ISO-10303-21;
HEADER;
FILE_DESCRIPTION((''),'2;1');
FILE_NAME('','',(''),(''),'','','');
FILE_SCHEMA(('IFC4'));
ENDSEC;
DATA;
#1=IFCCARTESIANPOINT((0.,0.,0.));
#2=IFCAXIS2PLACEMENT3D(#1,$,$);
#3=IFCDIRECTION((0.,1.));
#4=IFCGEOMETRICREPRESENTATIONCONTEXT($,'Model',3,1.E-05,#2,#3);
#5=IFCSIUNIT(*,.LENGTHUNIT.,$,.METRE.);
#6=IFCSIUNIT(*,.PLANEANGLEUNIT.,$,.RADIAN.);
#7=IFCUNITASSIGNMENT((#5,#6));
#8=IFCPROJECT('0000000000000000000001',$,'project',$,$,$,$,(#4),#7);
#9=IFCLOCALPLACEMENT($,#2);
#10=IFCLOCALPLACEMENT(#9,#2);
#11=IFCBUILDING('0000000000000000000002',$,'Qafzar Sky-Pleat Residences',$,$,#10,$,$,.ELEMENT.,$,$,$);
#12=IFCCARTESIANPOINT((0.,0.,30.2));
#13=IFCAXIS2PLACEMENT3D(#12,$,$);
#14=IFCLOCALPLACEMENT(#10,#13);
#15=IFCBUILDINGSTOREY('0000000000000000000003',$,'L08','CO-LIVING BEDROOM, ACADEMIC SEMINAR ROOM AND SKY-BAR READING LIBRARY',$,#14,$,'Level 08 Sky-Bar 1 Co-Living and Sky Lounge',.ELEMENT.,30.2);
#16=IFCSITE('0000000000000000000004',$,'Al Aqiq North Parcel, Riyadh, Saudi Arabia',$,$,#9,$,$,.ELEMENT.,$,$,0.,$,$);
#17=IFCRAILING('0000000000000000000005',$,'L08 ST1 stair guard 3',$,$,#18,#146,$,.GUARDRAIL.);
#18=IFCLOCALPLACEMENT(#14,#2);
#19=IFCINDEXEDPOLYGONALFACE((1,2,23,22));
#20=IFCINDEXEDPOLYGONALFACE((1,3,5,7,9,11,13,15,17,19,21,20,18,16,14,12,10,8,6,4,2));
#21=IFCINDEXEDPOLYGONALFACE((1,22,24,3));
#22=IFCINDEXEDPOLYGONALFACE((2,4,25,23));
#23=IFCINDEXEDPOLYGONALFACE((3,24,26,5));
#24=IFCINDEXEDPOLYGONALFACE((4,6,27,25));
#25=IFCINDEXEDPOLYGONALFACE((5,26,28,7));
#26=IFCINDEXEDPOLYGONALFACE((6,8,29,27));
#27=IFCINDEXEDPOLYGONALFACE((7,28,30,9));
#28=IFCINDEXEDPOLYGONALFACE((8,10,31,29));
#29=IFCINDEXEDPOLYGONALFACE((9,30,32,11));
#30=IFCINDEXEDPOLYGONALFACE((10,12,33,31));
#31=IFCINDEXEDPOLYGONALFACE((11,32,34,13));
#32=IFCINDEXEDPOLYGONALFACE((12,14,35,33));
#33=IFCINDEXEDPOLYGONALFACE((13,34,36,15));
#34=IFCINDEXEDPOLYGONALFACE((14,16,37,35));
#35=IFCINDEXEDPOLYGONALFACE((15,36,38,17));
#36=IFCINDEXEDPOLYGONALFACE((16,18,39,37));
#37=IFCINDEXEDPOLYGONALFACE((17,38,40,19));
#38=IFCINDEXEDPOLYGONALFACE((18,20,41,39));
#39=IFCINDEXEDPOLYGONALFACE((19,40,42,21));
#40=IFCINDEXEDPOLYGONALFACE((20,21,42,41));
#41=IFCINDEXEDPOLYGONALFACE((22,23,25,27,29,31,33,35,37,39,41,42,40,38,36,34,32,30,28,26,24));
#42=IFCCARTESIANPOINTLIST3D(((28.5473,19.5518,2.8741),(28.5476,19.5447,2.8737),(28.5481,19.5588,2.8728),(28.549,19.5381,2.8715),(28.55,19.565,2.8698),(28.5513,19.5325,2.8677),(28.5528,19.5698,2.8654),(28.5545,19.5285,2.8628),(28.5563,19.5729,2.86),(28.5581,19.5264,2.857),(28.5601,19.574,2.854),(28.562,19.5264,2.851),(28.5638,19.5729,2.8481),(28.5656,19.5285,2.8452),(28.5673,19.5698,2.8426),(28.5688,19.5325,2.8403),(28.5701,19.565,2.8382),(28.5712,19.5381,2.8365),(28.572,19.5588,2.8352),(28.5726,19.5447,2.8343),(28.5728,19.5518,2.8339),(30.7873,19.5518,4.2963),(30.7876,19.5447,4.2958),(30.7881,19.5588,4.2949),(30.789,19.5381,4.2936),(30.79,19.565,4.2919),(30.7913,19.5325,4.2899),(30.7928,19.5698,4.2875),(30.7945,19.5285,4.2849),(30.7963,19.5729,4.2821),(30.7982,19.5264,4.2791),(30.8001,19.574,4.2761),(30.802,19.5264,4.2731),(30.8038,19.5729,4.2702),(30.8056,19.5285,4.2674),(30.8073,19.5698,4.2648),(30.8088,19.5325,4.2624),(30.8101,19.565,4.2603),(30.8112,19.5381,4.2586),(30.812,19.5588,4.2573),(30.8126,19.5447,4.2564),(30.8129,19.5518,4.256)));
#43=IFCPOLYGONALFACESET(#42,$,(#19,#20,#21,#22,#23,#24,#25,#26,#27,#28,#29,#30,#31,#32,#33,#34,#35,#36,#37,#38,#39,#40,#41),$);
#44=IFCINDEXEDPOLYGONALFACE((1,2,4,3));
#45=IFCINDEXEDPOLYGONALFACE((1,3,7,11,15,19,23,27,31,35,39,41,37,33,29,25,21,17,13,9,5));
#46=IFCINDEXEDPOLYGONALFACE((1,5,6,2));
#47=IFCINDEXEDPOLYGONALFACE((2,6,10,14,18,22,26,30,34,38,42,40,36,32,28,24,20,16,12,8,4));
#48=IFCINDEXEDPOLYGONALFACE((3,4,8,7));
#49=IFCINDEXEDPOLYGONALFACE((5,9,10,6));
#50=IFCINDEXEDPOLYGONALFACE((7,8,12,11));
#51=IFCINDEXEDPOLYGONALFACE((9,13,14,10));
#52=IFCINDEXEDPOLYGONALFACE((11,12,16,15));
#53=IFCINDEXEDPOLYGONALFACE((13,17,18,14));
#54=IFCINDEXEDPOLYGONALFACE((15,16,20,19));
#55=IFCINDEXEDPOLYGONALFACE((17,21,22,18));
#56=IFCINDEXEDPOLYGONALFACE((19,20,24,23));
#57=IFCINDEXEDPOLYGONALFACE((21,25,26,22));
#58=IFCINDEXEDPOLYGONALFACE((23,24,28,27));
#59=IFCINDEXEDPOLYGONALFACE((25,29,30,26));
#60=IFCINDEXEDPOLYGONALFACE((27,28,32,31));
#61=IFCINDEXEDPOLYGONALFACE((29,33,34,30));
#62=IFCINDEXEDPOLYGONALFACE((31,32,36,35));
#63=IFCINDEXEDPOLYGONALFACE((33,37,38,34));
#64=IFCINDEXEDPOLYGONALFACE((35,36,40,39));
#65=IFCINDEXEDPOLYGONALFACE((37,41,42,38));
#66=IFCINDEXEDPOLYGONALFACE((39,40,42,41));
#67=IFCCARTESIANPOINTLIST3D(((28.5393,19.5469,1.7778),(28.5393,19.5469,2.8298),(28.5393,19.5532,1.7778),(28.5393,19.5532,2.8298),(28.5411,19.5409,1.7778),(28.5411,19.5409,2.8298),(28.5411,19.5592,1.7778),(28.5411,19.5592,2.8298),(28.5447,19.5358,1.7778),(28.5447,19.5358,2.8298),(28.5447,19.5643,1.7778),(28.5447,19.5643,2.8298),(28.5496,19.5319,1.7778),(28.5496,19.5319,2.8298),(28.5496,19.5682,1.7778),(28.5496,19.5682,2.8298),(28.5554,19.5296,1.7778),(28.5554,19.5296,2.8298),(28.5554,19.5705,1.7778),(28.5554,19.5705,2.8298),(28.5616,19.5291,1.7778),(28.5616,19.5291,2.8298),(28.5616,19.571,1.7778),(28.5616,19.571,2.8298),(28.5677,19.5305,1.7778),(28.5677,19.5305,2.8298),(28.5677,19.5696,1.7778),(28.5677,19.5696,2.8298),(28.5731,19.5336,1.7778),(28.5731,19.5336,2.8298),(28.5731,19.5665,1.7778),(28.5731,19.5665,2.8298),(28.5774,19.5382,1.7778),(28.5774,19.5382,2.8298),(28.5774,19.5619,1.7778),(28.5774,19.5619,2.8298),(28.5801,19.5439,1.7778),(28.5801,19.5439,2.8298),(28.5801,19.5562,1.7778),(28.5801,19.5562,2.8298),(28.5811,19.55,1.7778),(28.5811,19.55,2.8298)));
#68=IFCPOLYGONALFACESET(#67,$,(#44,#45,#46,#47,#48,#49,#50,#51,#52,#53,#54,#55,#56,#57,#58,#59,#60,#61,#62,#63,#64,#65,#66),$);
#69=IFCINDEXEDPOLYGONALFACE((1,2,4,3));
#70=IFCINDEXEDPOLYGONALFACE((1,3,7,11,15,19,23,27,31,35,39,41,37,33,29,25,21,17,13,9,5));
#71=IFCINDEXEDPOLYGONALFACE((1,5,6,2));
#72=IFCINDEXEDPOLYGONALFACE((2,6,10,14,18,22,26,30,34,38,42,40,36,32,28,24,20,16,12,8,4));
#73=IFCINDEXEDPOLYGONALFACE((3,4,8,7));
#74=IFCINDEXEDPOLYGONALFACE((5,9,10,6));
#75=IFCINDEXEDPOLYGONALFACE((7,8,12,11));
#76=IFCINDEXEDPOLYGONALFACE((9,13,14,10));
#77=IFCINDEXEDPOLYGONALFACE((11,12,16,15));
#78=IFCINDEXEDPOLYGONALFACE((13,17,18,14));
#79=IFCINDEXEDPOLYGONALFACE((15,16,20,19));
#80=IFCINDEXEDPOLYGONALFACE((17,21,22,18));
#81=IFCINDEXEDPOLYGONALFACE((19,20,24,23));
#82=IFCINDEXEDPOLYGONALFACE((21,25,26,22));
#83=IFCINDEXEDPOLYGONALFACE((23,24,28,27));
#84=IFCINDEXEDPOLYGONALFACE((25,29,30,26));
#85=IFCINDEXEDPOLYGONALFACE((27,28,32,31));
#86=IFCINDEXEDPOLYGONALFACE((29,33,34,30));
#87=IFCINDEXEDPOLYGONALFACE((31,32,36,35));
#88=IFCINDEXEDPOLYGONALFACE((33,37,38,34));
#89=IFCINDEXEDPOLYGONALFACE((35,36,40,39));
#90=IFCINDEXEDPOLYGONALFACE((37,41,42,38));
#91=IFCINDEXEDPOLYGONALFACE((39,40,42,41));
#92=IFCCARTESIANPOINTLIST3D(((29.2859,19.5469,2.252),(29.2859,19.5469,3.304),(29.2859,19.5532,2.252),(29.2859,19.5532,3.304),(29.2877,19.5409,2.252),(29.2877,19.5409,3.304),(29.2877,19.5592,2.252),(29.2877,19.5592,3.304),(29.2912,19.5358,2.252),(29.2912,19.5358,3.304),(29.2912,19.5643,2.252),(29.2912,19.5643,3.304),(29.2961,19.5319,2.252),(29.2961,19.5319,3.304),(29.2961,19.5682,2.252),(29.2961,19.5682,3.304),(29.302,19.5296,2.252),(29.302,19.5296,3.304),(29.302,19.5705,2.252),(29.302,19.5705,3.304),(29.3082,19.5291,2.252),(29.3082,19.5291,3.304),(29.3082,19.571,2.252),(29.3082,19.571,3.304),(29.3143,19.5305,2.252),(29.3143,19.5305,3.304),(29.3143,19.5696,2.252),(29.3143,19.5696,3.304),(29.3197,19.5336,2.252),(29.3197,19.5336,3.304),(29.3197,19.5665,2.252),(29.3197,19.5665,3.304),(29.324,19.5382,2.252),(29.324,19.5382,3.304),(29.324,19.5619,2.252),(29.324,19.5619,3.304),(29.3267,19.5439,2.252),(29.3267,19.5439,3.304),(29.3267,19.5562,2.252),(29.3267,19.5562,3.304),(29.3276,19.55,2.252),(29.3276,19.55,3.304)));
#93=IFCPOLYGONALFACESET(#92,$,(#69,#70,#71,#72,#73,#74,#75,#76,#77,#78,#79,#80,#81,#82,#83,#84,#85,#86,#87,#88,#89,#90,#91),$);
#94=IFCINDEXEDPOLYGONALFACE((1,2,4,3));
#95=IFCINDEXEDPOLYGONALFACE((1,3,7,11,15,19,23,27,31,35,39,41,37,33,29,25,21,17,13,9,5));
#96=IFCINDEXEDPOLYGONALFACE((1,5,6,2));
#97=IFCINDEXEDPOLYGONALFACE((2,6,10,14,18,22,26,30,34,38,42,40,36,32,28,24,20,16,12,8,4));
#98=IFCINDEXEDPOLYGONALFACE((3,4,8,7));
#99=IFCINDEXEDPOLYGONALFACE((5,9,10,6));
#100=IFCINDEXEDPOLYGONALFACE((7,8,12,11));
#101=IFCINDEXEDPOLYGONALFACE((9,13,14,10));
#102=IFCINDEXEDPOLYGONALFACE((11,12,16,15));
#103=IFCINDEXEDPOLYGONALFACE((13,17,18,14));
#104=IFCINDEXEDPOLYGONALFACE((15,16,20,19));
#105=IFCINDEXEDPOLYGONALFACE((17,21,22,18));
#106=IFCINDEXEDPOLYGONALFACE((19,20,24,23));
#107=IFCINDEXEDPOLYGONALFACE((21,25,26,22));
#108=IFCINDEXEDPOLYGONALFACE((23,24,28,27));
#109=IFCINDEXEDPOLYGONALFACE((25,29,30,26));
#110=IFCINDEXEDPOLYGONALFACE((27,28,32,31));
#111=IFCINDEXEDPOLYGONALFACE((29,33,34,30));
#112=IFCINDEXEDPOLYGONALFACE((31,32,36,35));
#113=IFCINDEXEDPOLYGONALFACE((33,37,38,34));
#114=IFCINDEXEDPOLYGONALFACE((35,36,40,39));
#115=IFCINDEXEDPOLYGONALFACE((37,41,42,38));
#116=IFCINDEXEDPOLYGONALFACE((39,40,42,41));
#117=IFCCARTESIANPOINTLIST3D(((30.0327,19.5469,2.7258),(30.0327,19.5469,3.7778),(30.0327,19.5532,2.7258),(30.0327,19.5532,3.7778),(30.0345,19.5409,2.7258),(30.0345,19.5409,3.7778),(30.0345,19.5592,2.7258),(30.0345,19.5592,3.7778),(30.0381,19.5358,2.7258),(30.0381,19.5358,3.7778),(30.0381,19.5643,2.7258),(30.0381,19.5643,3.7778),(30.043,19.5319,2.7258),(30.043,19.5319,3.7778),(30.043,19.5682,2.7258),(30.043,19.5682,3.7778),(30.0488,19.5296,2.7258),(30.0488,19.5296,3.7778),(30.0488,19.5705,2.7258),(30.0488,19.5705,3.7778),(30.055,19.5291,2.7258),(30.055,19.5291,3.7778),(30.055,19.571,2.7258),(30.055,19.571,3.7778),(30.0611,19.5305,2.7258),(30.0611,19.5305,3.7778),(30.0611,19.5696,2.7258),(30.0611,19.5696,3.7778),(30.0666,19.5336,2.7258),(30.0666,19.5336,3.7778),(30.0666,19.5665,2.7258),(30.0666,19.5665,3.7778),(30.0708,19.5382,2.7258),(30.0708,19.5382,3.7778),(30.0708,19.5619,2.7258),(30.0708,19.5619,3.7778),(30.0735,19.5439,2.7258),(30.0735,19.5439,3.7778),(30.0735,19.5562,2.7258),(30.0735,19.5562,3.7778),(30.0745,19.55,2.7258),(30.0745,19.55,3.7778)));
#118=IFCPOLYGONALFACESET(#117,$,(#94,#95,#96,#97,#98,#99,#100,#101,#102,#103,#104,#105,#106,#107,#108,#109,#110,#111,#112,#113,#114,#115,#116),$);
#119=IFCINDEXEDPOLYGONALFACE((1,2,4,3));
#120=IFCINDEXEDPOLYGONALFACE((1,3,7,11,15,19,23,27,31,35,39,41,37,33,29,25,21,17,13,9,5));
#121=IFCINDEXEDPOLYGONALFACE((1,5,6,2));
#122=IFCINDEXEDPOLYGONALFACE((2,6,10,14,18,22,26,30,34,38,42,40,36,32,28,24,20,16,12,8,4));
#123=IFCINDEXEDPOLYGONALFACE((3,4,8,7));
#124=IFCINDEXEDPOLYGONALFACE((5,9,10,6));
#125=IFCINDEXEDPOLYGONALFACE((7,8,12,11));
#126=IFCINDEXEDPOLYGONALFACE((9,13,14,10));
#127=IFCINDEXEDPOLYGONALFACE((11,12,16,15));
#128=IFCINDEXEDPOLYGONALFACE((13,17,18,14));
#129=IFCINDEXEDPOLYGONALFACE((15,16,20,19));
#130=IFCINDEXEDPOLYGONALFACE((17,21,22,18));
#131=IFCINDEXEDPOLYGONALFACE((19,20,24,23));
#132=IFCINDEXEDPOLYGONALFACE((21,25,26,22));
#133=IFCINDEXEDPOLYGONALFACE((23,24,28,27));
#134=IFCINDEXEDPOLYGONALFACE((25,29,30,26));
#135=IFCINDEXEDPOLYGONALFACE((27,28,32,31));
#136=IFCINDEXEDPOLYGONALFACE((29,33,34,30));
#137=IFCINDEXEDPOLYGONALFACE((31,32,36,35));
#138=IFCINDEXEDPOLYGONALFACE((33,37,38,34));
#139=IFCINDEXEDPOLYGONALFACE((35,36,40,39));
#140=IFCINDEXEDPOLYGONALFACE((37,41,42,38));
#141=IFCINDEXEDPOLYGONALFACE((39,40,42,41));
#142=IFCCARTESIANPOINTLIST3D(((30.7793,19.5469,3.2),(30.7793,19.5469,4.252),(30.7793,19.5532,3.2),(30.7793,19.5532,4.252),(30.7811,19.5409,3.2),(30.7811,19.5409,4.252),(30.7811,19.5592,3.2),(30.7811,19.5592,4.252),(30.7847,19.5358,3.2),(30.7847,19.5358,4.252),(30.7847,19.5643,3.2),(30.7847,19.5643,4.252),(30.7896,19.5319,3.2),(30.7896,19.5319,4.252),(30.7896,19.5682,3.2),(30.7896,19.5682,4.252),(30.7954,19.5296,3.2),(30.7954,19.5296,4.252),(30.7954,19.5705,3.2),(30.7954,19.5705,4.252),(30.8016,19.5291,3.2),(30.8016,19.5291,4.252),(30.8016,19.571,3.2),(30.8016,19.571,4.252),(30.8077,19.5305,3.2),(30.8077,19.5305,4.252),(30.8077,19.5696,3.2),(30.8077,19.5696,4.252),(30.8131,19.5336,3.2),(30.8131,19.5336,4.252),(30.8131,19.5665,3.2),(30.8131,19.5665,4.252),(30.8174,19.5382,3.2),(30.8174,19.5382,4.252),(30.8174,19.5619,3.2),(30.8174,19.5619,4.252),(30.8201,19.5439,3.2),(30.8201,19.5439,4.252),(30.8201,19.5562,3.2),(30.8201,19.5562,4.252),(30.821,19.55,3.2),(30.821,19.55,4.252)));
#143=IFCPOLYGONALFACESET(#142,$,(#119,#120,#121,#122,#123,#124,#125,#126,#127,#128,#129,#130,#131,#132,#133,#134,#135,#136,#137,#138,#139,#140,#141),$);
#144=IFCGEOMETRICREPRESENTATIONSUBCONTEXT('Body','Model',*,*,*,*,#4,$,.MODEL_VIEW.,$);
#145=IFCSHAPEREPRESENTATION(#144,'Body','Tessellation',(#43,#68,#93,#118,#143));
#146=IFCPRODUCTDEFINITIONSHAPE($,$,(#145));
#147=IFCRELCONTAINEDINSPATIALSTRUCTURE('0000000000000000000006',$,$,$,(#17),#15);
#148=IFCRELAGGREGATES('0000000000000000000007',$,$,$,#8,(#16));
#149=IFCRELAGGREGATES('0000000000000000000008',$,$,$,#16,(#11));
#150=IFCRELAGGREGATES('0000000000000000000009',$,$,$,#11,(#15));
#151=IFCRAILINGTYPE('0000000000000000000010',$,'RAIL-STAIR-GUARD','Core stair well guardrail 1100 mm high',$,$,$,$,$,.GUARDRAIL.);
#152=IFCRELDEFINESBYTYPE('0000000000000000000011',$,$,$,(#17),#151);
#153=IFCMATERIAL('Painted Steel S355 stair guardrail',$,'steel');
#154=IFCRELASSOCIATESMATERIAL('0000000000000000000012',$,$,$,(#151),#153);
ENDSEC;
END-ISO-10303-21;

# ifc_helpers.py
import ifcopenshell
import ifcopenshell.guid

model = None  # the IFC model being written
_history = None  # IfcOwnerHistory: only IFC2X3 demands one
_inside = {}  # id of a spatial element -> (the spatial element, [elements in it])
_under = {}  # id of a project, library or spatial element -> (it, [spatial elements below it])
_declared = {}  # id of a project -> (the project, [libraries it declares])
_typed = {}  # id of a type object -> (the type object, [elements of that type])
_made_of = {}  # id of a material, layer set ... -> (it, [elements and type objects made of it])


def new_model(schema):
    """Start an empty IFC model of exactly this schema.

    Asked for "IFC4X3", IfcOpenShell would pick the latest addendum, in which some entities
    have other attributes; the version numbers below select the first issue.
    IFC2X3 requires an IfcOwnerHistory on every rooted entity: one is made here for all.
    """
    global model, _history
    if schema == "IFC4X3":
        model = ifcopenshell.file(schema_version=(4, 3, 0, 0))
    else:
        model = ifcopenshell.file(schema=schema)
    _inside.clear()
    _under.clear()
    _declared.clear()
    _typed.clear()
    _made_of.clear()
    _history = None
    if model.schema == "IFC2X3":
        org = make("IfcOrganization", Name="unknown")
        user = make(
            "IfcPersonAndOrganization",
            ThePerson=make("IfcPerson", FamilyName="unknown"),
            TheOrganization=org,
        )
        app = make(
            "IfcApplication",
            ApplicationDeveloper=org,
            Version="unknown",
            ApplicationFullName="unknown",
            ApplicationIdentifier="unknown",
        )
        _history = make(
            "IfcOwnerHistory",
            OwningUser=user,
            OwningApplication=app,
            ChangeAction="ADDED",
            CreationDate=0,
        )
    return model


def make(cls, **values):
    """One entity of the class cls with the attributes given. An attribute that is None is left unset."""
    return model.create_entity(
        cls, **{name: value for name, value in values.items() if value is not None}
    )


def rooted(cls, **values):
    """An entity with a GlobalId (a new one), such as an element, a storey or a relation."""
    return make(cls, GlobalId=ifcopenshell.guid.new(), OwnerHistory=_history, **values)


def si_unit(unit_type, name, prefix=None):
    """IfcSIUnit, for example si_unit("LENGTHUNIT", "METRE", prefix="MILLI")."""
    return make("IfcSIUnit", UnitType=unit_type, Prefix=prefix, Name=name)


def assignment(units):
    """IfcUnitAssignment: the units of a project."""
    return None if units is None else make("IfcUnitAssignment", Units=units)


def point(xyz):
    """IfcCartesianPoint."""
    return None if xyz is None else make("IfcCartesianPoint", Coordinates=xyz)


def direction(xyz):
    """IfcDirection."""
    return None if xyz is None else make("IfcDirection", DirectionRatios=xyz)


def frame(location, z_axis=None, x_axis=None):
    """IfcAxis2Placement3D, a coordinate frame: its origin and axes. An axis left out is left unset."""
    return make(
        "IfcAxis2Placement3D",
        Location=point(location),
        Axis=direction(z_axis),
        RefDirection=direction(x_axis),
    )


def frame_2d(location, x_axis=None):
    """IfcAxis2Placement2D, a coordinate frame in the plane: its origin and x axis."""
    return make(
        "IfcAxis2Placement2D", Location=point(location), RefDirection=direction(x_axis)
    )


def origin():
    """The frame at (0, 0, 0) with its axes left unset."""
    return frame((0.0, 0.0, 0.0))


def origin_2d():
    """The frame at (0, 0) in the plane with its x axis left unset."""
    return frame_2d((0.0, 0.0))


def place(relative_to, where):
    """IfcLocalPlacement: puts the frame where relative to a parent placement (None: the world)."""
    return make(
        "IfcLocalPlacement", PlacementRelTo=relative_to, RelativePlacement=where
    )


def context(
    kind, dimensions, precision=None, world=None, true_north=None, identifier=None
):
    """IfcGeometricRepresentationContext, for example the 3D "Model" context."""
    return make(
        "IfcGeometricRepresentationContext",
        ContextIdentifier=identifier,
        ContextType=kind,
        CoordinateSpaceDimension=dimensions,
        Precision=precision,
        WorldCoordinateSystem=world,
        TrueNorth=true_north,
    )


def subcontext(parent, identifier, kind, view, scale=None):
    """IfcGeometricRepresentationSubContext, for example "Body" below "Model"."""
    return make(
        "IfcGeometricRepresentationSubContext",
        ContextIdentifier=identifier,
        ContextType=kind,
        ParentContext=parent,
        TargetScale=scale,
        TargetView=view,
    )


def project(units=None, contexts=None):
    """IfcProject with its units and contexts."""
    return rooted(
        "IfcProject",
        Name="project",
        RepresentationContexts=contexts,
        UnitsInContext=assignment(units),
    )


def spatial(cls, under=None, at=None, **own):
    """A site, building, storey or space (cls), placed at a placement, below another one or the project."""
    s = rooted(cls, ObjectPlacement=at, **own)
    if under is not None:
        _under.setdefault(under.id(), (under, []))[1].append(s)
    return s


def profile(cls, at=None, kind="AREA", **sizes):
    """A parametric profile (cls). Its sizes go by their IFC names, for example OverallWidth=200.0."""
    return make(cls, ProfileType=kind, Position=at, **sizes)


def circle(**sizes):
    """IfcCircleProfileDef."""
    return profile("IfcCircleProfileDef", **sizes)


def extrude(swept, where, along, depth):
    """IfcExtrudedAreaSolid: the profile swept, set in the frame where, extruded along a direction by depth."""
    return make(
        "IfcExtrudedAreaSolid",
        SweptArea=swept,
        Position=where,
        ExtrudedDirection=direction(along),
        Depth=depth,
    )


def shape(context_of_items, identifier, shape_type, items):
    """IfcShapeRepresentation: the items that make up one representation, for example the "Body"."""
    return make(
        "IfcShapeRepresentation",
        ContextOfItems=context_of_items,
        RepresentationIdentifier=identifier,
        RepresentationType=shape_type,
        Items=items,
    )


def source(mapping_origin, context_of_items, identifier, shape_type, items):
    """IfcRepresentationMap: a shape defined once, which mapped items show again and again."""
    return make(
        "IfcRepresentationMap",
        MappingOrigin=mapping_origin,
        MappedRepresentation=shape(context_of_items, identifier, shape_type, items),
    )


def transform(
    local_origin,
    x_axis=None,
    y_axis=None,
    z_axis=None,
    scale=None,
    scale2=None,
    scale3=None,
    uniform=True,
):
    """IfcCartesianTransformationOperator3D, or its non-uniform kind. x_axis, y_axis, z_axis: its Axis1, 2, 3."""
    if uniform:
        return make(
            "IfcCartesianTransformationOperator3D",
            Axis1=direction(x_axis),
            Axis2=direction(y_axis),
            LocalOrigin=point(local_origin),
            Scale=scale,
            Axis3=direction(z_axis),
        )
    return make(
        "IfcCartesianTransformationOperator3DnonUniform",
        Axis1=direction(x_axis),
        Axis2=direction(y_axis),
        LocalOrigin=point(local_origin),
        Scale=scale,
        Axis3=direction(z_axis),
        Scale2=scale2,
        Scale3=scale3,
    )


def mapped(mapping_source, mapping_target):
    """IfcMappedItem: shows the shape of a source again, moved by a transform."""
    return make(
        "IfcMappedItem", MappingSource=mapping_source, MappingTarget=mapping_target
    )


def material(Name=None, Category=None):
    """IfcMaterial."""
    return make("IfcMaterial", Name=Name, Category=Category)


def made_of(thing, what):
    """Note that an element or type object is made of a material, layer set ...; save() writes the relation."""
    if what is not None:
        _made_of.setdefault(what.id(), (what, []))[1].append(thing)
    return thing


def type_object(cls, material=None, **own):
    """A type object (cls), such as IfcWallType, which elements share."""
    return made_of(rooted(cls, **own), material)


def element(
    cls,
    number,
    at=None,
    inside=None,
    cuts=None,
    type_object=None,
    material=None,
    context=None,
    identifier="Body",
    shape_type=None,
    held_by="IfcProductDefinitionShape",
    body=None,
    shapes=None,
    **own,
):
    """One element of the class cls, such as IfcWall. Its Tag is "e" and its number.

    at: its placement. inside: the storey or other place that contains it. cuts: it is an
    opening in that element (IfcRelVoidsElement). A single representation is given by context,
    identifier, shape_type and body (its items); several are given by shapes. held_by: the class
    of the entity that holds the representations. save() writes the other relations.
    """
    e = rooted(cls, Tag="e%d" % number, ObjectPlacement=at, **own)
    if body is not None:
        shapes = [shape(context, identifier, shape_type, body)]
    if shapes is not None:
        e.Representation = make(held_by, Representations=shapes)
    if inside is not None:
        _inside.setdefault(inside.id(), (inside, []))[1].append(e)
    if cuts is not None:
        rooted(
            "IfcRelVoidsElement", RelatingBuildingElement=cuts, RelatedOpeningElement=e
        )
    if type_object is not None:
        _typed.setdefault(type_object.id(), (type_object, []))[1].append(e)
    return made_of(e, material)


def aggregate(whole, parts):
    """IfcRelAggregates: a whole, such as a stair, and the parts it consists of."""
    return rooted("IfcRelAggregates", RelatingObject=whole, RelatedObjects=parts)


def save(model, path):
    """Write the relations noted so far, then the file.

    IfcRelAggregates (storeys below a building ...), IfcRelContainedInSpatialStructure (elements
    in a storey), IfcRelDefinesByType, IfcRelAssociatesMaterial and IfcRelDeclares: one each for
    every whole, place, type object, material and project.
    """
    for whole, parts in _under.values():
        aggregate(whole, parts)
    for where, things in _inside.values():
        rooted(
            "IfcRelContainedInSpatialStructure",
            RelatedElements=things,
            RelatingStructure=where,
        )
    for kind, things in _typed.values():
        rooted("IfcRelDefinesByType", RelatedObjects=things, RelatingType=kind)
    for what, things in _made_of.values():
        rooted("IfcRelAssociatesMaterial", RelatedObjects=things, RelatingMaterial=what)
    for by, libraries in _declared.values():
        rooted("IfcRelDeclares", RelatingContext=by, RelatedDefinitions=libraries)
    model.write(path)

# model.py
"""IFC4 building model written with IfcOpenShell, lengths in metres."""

from ifc_helpers import new_model, si_unit, direction, frame, origin, origin_2d, place, context, subcontext, project, spatial, circle, extrude, source, transform, mapped, material, type_object, element, save


model = new_model("IFC4")

# Units and contexts
model_context = context("Model", 3, precision=1e-05, world=origin(), true_north=direction((0.0, 1.0)))
body_context = subcontext(model_context, "Body", "Model", "MODEL_VIEW")
ifc_project = project(units=[si_unit("LENGTHUNIT", "METRE"), si_unit("PLANEANGLEUNIT", "RADIAN")], contexts=[model_context])

# Site, building, storey
site_placement = place(None, origin())
site = spatial("IfcSite", under=ifc_project, at=site_placement, Name="Al Aqiq North Parcel, Riyadh, Saudi Arabia", CompositionType="ELEMENT", RefElevation=0.0)
building_placement = place(site_placement, origin())
building = spatial("IfcBuilding", under=site, at=building_placement, Name="Qafzar Sky-Pleat Residences", CompositionType="ELEMENT")
storey_placement = place(building_placement, frame((0.0, 0.0, 30.2)))
storey = spatial("IfcBuildingStorey", under=building, at=storey_placement, Name="L08", Description="CO-LIVING BEDROOM, ACADEMIC SEMINAR ROOM AND SKY-BAR READING LIBRARY", LongName="Level 08 Sky-Bar 1 Co-Living and Sky Lounge", CompositionType="ELEMENT", Elevation=30.2)

# Railing
ifc_material_1 = material(Name="Painted Steel S355 stair guardrail", Category="steel")
railing_type_1 = type_object("IfcRailingType", Name="RAIL-STAIR-GUARD", Description="Core stair well guardrail 1100 mm high", PredefinedType="GUARDRAIL", material=ifc_material_1)
shared_shape_1 = source(origin(), body_context, "Body", "SweptSolid", [
    extrude(circle(Radius=0.0239, at=origin_2d()), frame((0.0, 0.0, 1.0762), z_axis=(0.844229, 0.0, 0.535982), x_axis=(0.0, 1.0, 0.0)), (0.0, 0.0, 1.0), 2.6533),
    extrude(circle(Radius=0.021, at=origin_2d()), origin(), (0.0, 0.0, 1.0), 1.052),
    extrude(circle(Radius=0.021, at=origin_2d()), frame((0.7466, 0.0, 0.4741)), (0.0, 0.0, 1.0), 1.052),
    extrude(circle(Radius=0.021, at=origin_2d()), frame((1.4934, 0.0, 0.948)), (0.0, 0.0, 1.0), 1.052),
    extrude(circle(Radius=0.021, at=origin_2d()), frame((2.24, 0.0, 1.4221)), (0.0, 0.0, 1.0), 1.052),
])
railing_1_placement = place(storey_placement, frame((28.5601, 19.55, 1.7778)))
element("IfcRailing", 1, at=railing_1_placement, inside=storey, type_object=railing_type_1, Name="L08 ST1 stair guard 3", PredefinedType="GUARDRAIL", context=body_context, shape_type="MappedRepresentation", body=[
    mapped(shared_shape_1, transform((0.0, 0.0, 0.0), x_axis=(1.0, 0.0, 0.0), y_axis=(0.0, 1.0, 0.0), z_axis=(0.0, 0.0, 1.0), scale=1.0)),
])

save(model, "model.ifc")
